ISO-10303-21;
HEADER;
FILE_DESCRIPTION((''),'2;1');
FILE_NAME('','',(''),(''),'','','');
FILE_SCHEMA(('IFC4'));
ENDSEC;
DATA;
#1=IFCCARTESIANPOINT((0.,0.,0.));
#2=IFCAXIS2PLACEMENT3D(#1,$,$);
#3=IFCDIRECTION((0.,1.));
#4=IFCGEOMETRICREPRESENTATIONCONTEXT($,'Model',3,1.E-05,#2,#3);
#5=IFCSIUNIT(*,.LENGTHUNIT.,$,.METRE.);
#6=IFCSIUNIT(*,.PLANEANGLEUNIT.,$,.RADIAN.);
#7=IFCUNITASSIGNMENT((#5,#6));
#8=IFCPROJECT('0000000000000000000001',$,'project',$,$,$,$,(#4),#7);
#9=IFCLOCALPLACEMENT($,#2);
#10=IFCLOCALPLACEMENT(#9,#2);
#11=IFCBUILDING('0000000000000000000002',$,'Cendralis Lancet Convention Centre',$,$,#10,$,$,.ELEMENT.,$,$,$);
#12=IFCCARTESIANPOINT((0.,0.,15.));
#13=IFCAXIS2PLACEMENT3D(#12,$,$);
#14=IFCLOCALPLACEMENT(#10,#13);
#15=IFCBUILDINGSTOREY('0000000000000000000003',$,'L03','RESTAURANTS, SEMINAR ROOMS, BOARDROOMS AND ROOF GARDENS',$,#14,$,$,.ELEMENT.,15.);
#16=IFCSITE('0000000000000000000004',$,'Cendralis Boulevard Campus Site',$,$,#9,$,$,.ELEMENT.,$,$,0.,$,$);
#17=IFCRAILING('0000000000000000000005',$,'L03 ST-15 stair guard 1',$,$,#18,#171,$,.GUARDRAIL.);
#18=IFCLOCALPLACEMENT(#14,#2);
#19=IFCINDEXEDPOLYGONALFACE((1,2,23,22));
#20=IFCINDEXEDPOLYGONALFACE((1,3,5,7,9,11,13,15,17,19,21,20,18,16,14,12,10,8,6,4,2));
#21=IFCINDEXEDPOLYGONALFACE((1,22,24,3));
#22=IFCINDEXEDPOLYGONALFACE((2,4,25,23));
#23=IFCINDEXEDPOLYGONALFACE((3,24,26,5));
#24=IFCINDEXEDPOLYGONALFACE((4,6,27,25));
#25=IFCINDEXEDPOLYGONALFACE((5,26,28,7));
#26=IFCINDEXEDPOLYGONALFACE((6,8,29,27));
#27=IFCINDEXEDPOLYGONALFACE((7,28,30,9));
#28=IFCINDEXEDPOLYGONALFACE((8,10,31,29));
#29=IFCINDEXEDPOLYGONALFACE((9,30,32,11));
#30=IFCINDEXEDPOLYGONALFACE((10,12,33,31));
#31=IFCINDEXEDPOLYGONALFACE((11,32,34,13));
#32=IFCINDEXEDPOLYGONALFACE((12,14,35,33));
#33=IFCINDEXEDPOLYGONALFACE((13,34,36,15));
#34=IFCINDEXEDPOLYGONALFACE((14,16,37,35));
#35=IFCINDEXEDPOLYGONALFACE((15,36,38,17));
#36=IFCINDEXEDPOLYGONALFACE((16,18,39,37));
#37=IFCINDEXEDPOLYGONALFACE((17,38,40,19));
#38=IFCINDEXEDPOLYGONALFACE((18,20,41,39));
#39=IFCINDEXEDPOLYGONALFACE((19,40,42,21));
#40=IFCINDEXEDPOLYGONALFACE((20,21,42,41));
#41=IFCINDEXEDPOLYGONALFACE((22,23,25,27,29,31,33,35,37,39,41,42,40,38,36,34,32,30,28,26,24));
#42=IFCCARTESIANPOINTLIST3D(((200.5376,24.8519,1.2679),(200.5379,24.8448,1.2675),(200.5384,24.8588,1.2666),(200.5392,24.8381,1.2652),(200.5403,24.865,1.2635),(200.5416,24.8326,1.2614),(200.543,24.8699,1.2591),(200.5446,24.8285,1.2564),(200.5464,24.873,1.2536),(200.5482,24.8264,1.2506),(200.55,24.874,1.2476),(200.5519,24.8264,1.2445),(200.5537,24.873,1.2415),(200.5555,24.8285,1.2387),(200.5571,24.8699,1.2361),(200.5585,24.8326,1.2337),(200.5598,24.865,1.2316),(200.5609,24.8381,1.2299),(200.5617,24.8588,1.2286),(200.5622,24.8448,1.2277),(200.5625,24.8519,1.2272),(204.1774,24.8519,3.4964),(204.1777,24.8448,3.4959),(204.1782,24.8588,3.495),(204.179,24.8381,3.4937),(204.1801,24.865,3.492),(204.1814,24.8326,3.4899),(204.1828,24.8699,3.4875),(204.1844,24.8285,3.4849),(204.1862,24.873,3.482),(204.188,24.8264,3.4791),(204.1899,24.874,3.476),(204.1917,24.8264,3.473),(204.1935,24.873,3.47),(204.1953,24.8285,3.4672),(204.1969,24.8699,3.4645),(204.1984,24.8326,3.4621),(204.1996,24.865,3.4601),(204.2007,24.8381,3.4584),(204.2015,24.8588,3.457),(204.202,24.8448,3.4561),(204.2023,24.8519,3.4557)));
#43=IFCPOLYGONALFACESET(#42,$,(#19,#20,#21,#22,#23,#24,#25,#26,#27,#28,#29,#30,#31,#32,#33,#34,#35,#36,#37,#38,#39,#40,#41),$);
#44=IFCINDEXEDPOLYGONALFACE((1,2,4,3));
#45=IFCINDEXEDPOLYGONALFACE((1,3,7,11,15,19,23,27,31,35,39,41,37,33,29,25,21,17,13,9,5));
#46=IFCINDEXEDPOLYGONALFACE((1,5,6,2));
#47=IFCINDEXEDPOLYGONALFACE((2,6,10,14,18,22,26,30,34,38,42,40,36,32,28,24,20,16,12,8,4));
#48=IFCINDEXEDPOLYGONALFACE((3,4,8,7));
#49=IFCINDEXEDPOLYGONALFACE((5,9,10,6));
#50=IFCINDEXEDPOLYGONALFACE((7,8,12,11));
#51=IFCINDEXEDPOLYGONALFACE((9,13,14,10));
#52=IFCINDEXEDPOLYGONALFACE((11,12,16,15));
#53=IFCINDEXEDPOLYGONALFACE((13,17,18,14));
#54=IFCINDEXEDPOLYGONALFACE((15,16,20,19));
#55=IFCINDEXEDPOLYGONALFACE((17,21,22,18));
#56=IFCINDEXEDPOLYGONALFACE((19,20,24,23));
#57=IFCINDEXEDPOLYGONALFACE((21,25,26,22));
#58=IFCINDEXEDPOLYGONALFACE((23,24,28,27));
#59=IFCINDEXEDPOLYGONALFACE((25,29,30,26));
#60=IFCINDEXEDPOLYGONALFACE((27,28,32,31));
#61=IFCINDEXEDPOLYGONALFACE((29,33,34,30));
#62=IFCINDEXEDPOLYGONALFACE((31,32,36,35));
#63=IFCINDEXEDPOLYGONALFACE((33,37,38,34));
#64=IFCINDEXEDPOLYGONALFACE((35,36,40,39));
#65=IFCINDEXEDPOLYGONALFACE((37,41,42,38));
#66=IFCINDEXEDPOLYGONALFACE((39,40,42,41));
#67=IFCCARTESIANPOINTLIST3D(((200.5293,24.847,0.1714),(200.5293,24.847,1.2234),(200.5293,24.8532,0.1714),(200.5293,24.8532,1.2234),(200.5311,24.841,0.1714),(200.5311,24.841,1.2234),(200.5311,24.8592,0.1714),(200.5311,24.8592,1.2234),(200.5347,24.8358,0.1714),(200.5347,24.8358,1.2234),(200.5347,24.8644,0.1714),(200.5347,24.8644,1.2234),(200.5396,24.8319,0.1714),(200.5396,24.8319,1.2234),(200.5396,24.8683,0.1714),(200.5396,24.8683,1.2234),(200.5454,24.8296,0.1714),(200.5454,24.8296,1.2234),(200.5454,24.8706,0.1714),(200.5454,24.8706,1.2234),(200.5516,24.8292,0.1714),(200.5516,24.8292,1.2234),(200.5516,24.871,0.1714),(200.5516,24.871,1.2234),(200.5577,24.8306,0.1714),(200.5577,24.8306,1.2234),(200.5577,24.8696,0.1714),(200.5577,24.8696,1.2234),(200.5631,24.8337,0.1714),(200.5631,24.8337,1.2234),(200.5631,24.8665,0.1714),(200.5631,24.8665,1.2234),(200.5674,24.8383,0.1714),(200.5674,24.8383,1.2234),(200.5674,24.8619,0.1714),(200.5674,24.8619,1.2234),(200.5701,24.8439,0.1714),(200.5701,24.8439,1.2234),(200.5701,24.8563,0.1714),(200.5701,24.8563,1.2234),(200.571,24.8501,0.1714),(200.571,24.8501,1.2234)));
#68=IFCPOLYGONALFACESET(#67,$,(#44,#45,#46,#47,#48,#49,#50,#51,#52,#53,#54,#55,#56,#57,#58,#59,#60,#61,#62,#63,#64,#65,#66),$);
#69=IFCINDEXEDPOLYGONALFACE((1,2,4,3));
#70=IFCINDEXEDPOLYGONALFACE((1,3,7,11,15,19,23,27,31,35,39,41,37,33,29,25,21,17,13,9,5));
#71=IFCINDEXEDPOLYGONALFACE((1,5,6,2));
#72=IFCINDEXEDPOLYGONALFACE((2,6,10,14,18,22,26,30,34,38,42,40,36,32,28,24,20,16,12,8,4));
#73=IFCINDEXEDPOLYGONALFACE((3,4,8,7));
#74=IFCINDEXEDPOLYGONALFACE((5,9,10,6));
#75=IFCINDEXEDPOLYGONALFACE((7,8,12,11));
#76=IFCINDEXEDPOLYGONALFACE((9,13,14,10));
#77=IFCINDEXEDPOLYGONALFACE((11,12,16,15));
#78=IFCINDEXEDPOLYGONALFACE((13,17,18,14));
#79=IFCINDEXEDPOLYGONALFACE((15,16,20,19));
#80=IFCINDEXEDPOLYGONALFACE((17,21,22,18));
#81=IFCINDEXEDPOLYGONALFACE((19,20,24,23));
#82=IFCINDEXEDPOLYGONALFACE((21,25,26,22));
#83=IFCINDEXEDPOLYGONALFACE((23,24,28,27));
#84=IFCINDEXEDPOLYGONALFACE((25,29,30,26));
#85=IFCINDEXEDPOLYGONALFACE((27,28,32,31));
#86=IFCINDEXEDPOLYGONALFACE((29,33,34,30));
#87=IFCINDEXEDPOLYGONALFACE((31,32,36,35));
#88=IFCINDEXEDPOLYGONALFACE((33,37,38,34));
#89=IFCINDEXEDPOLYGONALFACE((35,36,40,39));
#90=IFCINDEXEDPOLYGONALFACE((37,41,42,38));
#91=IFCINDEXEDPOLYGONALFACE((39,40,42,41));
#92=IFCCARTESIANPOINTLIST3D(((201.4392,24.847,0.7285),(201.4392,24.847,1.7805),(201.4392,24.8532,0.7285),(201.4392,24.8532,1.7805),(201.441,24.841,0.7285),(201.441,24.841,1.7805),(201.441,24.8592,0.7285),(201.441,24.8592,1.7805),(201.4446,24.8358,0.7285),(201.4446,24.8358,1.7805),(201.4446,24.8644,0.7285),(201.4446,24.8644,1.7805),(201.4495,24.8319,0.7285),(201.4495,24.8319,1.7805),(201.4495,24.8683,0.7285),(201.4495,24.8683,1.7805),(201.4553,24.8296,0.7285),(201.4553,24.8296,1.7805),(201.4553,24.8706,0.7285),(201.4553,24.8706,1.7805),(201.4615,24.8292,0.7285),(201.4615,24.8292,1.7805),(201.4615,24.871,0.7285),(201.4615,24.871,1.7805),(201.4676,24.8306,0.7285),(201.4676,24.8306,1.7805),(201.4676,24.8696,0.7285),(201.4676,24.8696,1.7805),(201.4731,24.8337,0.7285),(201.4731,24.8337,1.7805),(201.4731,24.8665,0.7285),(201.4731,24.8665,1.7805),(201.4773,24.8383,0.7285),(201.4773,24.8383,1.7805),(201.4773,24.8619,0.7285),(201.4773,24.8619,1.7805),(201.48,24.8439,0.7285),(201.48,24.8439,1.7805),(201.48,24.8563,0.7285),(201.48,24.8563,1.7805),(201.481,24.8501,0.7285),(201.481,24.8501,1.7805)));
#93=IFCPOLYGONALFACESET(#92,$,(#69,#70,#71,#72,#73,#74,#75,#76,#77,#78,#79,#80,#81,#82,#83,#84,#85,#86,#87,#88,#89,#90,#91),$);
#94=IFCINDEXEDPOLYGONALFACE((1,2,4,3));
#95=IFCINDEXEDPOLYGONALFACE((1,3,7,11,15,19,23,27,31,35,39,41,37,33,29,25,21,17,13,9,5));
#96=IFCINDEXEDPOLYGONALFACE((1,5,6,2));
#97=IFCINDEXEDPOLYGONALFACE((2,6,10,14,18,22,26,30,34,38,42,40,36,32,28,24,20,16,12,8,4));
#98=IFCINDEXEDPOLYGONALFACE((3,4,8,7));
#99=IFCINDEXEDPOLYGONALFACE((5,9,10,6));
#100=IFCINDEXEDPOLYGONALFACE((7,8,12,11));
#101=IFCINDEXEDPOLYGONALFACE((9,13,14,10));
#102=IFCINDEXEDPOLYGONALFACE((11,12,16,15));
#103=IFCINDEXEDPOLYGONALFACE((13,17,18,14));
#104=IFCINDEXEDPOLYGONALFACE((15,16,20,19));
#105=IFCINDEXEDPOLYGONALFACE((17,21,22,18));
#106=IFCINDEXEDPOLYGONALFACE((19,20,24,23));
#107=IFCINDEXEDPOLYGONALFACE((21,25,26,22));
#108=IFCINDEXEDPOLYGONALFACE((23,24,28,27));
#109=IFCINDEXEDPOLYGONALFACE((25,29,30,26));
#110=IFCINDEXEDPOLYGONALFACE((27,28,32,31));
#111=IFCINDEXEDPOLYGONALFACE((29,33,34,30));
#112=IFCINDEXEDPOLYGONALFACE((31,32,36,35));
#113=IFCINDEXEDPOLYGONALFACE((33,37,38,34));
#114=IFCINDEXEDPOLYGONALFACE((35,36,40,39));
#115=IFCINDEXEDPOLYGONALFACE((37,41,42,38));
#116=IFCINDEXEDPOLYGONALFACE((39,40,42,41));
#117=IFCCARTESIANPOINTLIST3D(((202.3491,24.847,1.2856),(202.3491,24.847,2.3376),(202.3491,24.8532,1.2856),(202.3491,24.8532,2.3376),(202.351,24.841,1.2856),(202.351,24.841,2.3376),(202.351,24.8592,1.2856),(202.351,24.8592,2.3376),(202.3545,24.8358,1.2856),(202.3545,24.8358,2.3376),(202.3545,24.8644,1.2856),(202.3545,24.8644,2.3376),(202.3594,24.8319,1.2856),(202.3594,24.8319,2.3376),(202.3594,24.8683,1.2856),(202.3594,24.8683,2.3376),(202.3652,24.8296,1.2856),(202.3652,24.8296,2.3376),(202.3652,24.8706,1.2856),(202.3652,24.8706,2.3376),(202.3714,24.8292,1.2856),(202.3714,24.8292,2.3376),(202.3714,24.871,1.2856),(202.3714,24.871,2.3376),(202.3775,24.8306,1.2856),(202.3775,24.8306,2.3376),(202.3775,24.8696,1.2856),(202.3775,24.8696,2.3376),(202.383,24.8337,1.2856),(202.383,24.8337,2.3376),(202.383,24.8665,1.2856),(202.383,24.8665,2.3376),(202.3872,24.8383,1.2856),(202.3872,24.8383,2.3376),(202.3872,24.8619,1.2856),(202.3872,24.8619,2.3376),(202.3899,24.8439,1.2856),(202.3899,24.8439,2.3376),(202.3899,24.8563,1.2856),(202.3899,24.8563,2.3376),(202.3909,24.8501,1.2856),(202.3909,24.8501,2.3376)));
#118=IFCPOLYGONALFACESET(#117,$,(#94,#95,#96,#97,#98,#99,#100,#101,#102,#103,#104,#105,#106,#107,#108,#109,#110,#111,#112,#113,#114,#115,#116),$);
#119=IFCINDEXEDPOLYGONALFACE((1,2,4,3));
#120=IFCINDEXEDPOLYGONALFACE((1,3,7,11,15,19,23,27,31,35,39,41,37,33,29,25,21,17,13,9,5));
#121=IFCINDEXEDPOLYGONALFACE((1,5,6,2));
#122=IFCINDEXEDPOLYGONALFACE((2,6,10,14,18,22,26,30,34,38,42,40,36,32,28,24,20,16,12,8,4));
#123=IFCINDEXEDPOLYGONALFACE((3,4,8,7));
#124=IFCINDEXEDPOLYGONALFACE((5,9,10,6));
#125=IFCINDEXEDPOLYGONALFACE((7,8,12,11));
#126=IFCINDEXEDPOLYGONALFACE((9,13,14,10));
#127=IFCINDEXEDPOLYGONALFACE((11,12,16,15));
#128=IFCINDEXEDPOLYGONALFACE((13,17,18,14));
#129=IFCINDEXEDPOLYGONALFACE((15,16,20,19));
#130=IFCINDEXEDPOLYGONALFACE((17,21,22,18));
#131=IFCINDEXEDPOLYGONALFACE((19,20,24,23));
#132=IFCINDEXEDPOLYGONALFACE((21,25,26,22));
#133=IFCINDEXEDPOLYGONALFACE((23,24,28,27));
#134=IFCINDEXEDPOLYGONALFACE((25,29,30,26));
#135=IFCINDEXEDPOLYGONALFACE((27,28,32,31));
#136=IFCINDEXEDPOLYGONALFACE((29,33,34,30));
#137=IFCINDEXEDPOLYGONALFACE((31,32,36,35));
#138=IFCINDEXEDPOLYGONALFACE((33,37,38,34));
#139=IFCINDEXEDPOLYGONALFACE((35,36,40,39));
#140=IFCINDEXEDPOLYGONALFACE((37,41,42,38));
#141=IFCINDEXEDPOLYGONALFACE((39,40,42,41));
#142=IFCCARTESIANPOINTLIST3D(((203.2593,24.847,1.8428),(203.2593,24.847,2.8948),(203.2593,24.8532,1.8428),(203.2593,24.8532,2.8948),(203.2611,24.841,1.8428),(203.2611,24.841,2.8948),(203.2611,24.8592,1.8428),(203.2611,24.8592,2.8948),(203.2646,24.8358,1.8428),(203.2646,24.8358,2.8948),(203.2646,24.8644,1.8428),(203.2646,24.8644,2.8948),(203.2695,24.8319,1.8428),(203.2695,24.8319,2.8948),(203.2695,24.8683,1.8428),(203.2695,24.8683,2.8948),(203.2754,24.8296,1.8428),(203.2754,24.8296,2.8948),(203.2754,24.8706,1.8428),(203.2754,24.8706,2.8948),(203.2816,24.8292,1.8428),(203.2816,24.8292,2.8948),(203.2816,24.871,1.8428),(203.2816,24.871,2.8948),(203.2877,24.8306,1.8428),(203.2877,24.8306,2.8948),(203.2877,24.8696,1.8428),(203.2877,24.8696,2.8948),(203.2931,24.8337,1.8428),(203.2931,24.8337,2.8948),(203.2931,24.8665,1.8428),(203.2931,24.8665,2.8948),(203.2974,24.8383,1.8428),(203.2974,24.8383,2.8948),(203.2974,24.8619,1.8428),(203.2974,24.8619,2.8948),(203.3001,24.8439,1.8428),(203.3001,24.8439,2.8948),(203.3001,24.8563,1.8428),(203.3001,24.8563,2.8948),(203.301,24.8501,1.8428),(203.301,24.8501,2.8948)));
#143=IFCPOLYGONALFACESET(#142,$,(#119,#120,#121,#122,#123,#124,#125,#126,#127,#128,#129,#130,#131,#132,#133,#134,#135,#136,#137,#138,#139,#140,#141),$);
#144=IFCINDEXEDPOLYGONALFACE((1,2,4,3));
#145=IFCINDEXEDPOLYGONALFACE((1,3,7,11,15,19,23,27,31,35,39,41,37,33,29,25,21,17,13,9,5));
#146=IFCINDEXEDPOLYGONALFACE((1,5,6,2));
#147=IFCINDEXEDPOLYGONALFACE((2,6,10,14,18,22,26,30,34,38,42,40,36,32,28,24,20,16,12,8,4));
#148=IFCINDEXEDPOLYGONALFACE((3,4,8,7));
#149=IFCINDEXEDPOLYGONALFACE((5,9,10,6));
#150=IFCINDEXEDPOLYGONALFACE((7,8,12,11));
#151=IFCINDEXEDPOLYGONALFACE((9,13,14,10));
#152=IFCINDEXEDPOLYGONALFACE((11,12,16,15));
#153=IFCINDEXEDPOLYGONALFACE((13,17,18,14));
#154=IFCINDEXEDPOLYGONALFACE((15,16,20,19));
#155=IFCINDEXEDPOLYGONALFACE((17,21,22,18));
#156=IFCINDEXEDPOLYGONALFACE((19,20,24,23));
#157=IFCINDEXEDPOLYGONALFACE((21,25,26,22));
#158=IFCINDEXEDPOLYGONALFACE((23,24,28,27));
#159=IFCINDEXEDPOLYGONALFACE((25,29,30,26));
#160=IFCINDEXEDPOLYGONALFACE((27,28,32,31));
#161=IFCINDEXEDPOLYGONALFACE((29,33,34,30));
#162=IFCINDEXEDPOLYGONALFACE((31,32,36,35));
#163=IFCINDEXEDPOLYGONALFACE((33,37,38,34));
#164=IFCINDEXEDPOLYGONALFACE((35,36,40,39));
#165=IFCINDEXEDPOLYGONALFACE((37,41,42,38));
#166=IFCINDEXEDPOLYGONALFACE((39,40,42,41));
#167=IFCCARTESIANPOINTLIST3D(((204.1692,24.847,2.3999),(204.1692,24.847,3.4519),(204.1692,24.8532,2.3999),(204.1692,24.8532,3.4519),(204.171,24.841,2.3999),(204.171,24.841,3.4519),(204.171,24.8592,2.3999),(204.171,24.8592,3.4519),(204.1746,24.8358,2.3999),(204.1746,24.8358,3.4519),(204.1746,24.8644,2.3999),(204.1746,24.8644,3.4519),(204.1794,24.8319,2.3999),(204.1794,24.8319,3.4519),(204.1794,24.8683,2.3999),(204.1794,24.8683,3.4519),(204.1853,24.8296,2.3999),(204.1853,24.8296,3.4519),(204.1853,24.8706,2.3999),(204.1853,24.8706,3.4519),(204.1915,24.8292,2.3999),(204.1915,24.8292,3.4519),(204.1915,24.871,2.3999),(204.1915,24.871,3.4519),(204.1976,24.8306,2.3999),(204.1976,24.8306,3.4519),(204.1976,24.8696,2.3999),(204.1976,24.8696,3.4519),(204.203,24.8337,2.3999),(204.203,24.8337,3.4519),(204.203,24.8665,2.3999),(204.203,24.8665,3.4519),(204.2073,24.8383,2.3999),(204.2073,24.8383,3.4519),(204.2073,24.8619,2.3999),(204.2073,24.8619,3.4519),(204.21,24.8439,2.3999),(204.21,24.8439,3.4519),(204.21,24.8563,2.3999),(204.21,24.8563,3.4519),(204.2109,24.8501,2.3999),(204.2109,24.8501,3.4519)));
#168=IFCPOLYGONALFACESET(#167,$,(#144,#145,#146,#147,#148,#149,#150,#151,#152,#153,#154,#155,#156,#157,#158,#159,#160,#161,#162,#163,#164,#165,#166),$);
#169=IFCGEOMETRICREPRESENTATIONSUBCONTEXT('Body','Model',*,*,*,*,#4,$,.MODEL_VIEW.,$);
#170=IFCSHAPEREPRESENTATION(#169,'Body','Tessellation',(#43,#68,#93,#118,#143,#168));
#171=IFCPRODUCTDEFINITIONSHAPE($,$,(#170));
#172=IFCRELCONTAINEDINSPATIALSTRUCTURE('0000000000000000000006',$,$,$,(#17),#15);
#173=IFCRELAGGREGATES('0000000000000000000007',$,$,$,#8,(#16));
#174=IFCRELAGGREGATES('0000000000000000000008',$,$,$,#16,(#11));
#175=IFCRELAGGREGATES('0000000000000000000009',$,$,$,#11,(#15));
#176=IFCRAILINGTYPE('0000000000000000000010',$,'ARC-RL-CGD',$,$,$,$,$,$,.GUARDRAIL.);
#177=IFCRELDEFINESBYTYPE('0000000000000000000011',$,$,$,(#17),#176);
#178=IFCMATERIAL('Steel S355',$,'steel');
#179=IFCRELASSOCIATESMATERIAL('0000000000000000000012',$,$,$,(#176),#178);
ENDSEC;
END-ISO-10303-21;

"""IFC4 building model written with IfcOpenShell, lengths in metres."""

from ifc_helpers import new_model, si_unit, direction, frame, origin, origin_2d, place, context, subcontext, project, spatial, circle, extrude, material, type_object, element, save


model = new_model("IFC4")

# Units and contexts
model_context = context("Model", 3, precision=1e-05, world=origin(), true_north=direction((0.0, 1.0)))
body_context = subcontext(model_context, "Body", "Model", "MODEL_VIEW")
ifc_project = project(units=[si_unit("LENGTHUNIT", "METRE"), si_unit("PLANEANGLEUNIT", "RADIAN")], contexts=[model_context])

# Site, building, storey
site_placement = place(None, origin())
site = spatial("IfcSite", under=ifc_project, at=site_placement, Name="Cendralis Boulevard Campus Site", CompositionType="ELEMENT", RefElevation=0.0)
building_placement = place(site_placement, origin())
building = spatial("IfcBuilding", under=site, at=building_placement, Name="Cendralis Lancet Convention Centre", CompositionType="ELEMENT")
storey_placement = place(building_placement, frame((0.0, 0.0, 15.0)))
storey = spatial("IfcBuildingStorey", under=building, at=storey_placement, Name="L03", Description="RESTAURANTS, SEMINAR ROOMS, BOARDROOMS AND ROOF GARDENS", CompositionType="ELEMENT", Elevation=15.0)

# Shared definitions
ifc_material_1 = material(Name="Steel S355", Category="steel")

# Railing
railing_type_1 = type_object("IfcRailingType", Name="ARC-RL-CGD", PredefinedType="GUARDRAIL", material=ifc_material_1)
railing_1_placement = place(storey_placement, frame((200.55, 24.8501, 0.1714)))
element("IfcRailing", 1, at=railing_1_placement, inside=storey, type_object=railing_type_1, Name="L03 ST-15 stair guard 1", PredefinedType="GUARDRAIL", context=body_context, shape_type="SweptSolid", body=[
    extrude(circle(Radius=0.0239, at=origin_2d()), frame((0.0, 0.0, 1.0762), z_axis=(0.85285, 0.0, 0.522156), x_axis=(0.0, 1.0, 0.0)), (0.0, 0.0, 1.0), 4.2678),
    extrude(circle(Radius=0.021, at=origin_2d()), origin(), (0.0, 0.0, 1.0), 1.052),
    extrude(circle(Radius=0.021, at=origin_2d()), frame((0.9099, 0.0, 0.5571)), (0.0, 0.0, 1.0), 1.052),
    extrude(circle(Radius=0.021, at=origin_2d()), frame((1.8198, 0.0, 1.1143)), (0.0, 0.0, 1.0), 1.052),
    extrude(circle(Radius=0.021, at=origin_2d()), frame((2.73, 0.0, 1.6714)), (0.0, 0.0, 1.0), 1.052),
    extrude(circle(Radius=0.021, at=origin_2d()), frame((3.6399, 0.0, 2.2285)), (0.0, 0.0, 1.0), 1.052),
])

save(model, "model.ifc")
